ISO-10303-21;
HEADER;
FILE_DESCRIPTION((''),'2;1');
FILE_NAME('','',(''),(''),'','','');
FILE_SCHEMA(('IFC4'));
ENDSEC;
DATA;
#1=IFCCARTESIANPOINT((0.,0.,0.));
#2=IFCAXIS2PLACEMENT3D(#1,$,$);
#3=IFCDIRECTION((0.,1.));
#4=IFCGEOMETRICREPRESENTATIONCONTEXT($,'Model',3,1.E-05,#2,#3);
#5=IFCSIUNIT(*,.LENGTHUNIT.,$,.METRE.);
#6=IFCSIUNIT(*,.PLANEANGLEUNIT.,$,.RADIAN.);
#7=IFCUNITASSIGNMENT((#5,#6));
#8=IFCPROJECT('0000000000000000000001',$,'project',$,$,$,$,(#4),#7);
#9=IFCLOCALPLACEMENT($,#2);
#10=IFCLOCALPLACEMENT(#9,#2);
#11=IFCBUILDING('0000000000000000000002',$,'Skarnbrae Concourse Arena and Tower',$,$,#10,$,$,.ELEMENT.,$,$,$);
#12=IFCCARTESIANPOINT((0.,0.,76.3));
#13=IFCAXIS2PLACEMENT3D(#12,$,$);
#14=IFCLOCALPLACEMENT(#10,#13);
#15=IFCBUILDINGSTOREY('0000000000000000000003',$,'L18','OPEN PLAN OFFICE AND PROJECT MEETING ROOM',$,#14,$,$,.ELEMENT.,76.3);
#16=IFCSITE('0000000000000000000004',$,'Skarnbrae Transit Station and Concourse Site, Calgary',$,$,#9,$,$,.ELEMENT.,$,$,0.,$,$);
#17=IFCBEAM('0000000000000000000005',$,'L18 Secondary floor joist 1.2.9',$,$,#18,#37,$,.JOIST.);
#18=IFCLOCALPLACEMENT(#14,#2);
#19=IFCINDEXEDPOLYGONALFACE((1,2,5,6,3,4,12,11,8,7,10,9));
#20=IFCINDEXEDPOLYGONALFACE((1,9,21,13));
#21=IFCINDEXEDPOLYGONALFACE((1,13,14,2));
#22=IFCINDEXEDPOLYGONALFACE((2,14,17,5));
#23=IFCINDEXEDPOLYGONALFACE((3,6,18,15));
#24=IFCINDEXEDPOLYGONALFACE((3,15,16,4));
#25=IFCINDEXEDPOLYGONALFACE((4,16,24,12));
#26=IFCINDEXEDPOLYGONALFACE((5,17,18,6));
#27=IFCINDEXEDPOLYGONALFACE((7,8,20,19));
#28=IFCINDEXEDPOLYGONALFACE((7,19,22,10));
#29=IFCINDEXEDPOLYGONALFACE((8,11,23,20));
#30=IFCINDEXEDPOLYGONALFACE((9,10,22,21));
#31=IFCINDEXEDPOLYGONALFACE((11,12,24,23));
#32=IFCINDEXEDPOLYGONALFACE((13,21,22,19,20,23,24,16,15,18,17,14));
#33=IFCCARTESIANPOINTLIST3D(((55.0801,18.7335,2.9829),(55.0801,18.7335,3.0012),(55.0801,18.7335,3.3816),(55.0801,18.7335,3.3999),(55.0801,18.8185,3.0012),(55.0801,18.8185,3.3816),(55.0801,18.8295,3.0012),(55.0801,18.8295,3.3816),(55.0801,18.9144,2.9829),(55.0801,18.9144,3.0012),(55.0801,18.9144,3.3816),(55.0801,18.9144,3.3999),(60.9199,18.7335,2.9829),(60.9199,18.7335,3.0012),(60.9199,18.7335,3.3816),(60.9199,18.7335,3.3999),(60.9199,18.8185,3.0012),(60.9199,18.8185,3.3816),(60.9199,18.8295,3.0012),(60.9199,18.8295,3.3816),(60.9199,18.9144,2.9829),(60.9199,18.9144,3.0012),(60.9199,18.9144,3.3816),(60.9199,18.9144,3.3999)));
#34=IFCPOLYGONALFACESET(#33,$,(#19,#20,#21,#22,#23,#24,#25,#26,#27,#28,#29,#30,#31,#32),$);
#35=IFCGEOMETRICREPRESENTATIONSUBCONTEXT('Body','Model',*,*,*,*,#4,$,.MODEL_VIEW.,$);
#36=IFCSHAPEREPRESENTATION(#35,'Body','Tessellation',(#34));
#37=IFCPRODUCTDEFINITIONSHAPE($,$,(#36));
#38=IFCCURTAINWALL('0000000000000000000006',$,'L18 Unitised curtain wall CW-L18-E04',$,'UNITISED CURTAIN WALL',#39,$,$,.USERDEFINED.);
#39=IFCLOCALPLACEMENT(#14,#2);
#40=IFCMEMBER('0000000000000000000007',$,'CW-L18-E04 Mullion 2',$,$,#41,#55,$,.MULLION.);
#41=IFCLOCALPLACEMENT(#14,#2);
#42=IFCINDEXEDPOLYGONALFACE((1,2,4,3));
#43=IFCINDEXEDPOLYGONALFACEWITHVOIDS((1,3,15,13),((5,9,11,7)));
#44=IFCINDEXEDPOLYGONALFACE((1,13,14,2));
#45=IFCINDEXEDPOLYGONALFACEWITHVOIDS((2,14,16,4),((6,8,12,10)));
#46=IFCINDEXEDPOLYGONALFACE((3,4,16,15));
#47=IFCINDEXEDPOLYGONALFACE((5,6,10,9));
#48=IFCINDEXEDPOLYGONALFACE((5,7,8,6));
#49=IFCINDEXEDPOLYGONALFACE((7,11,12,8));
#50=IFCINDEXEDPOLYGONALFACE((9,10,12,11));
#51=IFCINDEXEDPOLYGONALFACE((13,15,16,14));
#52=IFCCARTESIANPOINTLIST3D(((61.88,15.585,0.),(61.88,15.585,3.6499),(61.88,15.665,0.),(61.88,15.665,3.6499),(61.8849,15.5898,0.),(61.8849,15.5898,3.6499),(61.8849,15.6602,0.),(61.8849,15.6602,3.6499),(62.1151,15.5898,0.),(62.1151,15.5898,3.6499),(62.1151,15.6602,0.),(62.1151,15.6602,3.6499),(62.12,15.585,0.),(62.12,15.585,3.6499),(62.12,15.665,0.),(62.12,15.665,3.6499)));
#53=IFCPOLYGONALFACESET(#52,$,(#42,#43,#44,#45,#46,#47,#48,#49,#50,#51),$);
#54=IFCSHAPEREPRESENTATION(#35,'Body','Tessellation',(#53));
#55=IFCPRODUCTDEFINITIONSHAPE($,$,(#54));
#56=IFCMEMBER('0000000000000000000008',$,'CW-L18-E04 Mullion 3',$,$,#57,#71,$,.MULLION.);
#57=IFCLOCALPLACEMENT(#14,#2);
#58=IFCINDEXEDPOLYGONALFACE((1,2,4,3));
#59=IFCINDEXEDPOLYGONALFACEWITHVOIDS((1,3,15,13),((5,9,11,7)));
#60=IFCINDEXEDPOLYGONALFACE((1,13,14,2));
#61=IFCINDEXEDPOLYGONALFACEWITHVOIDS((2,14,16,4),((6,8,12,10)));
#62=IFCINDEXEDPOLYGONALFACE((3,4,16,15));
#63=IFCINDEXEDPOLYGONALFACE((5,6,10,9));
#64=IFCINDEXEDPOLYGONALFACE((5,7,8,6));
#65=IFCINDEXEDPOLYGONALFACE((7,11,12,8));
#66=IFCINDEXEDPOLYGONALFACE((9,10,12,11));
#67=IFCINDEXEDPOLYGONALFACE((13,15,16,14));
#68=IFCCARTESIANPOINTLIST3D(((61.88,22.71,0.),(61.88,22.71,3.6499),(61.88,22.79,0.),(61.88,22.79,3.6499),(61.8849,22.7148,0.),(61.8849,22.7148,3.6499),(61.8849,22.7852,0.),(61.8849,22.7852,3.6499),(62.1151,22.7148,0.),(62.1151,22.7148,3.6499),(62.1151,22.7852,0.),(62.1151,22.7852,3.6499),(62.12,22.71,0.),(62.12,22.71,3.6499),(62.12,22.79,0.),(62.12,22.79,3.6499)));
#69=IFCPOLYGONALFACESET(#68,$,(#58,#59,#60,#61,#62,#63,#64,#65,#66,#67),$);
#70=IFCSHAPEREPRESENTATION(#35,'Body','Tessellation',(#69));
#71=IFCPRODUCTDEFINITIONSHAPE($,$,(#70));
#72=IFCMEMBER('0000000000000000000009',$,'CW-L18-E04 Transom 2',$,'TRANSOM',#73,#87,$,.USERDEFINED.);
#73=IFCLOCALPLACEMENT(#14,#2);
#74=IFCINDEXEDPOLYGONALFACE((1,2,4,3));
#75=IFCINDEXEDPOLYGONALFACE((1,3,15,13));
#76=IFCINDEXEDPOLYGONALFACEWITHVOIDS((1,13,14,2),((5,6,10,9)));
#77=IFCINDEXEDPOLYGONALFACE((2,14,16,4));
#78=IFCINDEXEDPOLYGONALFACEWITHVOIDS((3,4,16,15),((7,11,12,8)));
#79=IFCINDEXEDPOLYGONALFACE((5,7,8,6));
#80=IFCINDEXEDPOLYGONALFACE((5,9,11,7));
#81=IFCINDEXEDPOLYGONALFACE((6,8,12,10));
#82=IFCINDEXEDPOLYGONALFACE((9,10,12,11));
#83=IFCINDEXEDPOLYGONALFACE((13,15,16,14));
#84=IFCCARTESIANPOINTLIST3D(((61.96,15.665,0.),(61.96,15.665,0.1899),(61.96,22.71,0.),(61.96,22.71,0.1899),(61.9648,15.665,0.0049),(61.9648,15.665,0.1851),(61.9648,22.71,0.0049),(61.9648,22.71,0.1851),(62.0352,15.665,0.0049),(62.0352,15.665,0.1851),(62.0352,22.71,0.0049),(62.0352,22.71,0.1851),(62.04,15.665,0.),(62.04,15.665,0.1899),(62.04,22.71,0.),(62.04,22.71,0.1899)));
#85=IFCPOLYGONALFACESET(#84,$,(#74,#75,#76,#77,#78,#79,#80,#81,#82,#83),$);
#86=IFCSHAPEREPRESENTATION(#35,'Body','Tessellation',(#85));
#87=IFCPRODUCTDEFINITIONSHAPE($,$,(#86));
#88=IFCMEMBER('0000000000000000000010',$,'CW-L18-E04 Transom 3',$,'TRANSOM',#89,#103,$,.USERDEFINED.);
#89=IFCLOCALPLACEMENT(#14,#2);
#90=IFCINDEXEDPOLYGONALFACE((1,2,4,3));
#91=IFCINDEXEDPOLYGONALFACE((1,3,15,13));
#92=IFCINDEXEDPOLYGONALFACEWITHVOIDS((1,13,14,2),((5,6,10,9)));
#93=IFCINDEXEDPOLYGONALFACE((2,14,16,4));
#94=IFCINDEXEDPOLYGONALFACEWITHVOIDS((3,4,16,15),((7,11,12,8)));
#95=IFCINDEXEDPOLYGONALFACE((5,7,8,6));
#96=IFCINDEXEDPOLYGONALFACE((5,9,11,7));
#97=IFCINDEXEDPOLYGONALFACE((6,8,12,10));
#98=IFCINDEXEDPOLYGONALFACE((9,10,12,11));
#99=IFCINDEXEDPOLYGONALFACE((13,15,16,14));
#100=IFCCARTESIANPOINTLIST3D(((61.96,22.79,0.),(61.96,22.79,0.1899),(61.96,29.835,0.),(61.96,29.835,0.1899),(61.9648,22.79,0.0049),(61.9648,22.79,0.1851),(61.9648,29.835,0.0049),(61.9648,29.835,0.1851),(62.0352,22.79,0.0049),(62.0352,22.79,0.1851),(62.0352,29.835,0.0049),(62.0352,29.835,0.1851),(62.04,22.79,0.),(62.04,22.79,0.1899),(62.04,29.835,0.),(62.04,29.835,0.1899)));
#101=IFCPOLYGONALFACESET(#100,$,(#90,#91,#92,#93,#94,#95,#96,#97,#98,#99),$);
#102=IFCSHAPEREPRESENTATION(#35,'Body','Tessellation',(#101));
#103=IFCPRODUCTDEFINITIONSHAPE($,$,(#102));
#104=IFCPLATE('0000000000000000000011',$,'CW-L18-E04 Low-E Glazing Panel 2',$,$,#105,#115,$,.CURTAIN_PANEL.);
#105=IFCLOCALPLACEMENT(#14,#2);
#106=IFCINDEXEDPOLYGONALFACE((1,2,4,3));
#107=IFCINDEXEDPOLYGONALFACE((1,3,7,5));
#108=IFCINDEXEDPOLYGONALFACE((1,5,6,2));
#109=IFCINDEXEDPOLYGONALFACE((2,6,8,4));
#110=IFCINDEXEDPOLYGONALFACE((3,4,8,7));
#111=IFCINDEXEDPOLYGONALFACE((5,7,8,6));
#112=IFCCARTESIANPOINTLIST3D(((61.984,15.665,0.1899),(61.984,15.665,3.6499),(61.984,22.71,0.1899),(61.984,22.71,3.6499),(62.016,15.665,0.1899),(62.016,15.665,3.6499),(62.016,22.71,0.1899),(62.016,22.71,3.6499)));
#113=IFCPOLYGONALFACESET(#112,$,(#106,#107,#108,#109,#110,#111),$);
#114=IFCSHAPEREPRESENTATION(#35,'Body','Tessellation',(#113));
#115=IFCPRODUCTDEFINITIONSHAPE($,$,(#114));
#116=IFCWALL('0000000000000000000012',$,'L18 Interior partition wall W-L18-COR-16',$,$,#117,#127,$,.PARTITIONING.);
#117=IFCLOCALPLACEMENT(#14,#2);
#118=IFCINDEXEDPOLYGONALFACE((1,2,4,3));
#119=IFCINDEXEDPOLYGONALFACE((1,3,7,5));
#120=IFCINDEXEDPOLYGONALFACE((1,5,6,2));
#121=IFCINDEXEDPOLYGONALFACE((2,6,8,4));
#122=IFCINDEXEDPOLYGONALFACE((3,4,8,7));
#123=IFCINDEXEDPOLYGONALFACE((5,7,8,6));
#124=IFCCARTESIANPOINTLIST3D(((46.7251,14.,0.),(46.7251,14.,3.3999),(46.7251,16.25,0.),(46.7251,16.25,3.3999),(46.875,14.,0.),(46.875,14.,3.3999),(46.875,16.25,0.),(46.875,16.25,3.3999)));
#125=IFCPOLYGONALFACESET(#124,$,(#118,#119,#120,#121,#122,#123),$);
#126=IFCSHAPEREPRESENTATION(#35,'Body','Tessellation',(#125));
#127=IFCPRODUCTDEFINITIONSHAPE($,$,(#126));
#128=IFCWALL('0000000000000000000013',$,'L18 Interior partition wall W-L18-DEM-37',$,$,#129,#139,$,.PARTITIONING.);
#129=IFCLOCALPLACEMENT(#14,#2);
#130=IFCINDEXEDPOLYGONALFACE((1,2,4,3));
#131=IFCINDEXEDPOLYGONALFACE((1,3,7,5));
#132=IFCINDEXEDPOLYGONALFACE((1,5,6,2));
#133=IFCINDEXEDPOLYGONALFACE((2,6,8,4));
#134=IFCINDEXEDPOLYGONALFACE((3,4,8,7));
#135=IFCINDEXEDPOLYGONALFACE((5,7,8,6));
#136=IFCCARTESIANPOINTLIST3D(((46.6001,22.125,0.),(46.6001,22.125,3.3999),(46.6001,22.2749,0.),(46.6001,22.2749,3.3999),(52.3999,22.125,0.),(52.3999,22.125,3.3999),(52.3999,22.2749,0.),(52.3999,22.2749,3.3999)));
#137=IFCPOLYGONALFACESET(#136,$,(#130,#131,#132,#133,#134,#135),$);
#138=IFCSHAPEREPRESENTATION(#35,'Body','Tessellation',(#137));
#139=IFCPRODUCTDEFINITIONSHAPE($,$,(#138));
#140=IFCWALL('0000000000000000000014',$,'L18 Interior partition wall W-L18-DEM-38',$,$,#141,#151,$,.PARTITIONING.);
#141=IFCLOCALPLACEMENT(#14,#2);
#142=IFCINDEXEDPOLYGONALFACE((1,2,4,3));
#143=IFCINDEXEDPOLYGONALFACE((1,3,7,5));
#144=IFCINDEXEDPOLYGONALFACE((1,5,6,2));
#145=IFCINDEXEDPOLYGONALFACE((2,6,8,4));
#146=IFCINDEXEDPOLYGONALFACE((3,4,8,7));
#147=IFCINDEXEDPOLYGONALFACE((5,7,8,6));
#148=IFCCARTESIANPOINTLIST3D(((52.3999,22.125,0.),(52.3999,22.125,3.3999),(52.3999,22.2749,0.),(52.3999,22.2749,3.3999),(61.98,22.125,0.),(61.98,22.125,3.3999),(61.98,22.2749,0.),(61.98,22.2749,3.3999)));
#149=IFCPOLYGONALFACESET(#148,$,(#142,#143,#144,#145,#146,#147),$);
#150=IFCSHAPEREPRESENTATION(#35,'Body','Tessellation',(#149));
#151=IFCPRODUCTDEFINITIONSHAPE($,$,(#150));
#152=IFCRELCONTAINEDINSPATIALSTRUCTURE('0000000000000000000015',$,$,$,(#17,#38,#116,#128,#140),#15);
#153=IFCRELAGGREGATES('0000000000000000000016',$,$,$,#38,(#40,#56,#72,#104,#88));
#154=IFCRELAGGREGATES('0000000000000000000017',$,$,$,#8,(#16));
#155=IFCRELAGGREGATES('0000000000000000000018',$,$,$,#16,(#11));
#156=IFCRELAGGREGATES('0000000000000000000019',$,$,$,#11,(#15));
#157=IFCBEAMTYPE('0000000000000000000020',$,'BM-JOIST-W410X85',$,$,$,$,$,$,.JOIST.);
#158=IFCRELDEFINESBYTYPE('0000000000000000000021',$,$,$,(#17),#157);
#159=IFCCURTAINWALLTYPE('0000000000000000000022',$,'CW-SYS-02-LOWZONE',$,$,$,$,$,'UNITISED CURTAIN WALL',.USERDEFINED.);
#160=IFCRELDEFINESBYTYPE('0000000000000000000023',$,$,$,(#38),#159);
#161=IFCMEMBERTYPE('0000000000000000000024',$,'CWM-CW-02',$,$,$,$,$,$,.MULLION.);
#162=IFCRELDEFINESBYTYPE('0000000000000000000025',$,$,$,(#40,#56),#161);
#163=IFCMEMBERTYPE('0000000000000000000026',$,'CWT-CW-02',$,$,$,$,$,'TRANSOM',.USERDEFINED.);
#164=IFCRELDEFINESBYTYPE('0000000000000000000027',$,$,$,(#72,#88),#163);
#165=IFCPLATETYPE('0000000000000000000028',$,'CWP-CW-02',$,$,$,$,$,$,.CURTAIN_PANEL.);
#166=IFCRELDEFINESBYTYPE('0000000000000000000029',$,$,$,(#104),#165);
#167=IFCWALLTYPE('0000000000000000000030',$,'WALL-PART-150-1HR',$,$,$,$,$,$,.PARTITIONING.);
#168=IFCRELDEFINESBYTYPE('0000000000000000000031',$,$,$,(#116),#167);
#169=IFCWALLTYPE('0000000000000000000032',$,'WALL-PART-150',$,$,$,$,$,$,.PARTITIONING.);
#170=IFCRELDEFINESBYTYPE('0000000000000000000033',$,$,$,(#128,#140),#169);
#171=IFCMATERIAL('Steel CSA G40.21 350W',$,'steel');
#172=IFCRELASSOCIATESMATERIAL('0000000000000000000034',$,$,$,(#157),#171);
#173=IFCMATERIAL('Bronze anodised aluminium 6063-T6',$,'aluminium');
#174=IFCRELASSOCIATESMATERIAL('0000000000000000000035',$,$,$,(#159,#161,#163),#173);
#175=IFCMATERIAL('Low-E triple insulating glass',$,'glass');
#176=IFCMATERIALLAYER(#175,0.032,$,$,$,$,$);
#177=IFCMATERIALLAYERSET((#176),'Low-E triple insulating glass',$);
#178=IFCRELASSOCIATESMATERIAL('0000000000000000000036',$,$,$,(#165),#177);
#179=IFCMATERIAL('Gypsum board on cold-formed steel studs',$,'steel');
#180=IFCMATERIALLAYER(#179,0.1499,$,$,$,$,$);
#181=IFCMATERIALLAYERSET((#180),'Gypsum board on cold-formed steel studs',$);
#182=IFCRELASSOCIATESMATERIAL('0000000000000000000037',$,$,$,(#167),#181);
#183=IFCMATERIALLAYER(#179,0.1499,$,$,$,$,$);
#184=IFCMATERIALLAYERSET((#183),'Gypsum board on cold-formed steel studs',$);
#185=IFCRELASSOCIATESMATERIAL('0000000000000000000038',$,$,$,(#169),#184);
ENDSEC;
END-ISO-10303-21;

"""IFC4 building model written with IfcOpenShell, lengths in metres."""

from ifc_helpers import new_model, si_unit, direction, frame, frame_2d, origin, origin_2d, place, context, subcontext, project, spatial, rectangle, hollow_rectangle, i_section, extrude, source, transform, mapped, material, layer, layer_set, material_profile, profile_set, type_object, element, aggregate, save


model = new_model("IFC4")

# Units and contexts
model_context = context("Model", 3, precision=1e-05, world=origin(), true_north=direction((0.0, 1.0)))
body_context = subcontext(model_context, "Body", "Model", "MODEL_VIEW")
ifc_project = project(units=[si_unit("LENGTHUNIT", "METRE"), si_unit("PLANEANGLEUNIT", "RADIAN")], contexts=[model_context])

# Site, building, storey
site_placement = place(None, origin())
site = spatial("IfcSite", under=ifc_project, at=site_placement, Name="Skarnbrae Transit Station and Concourse Site, Calgary", CompositionType="ELEMENT", RefElevation=0.0)
building_placement = place(site_placement, origin())
building = spatial("IfcBuilding", under=site, at=building_placement, Name="Skarnbrae Concourse Arena and Tower", CompositionType="ELEMENT")
storey_placement = place(building_placement, frame((0.0, 0.0, 76.3)))
storey = spatial("IfcBuildingStorey", under=building, at=storey_placement, Name="L18", Description="OPEN PLAN OFFICE AND PROJECT MEETING ROOM", CompositionType="ELEMENT", Elevation=76.3)

# Shared definitions
ifc_material_1 = material(Name="Steel CSA G40.21 350W", Category="steel")

# Beam
ifc_material_profile_1 = material_profile(ifc_material_1, i_section(OverallWidth=0.1809, OverallDepth=0.417, WebThickness=0.011, FlangeThickness=0.0183, at=origin_2d()), Name="W410X85")
ifc_profile_set_1 = profile_set([ifc_material_profile_1], Name="Steel CSA G40.21 350W")
beam_type_1 = type_object("IfcBeamType", Name="BM-JOIST-W410X85", PredefinedType="JOIST", material=ifc_profile_set_1)
shared_shape_1 = source(origin(), body_context, "Body", "SweptSolid", [
    extrude(i_section(OverallWidth=0.1809, OverallDepth=0.417, WebThickness=0.011, FlangeThickness=0.0183, at=origin_2d()), origin(), (0.0, 0.0, 1.0), 5.8398),
])
for number, where, z_axis, x_axis, name in (
    (1, (55.0801, 18.824, 3.1914), (1.0, 0.0, 0.0), (0.0, 1.0, 0.0), "L18 Secondary floor joist 1.2.9"),
):
    element("IfcBeam", number, at=place(storey_placement, frame(where, z_axis=z_axis, x_axis=x_axis)), inside=storey, type_object=beam_type_1, Name=name, PredefinedType="JOIST", context=body_context, shape_type="MappedRepresentation", body=[
        mapped(shared_shape_1, transform((0.0, 0.0, 0.0))),
    ])

# Curtain wall, members, plate
ifc_material_2 = material(Name="Bronze anodised aluminium 6063-T6", Category="aluminium")
curtain_wall_type = type_object("IfcCurtainWallType", Name="CW-SYS-02-LOWZONE", ElementType="UNITISED CURTAIN WALL", PredefinedType="USERDEFINED", material=ifc_material_2)
curtain_wall_placement = place(storey_placement, origin())
curtain_wall = element("IfcCurtainWall", 2, at=curtain_wall_placement, inside=storey, type_object=curtain_wall_type, Name="L18 Unitised curtain wall CW-L18-E04", ObjectType="UNITISED CURTAIN WALL", PredefinedType="USERDEFINED")
ifc_material_profile_2 = material_profile(ifc_material_2, hollow_rectangle(XDim=0.0801, YDim=0.24, WallThickness=0.0049, at=origin_2d()), Name="ALU-MULL-80X240")
ifc_profile_set_2 = profile_set([ifc_material_profile_2], Name="Bronze anodised aluminium 6063-T6")
member_type_1 = type_object("IfcMemberType", Name="CWM-CW-02", PredefinedType="MULLION", material=ifc_profile_set_2)
shared_shape_2 = source(origin(), body_context, "Body", "SweptSolid", [
    extrude(hollow_rectangle(XDim=0.0801, YDim=0.24, WallThickness=0.0049, at=origin_2d()), origin(), (0.0, 0.0, 1.0), 3.6499),
])
member_1_placement = place(storey_placement, frame((62.0, 15.625, 0.0), z_axis=(0.0, 0.0, 1.0), x_axis=(0.0, 1.0, 0.0)))
member_1 = element("IfcMember", 3, at=member_1_placement, type_object=member_type_1, Name="CW-L18-E04 Mullion 2", PredefinedType="MULLION", context=body_context, shape_type="MappedRepresentation", body=[
    mapped(shared_shape_2, transform((0.0, 0.0, 0.0))),
])
member_2_placement = place(storey_placement, frame((62.0, 22.75, 0.0), z_axis=(0.0, 0.0, 1.0), x_axis=(0.0, 1.0, 0.0)))
member_2 = element("IfcMember", 4, at=member_2_placement, type_object=member_type_1, Name="CW-L18-E04 Mullion 3", PredefinedType="MULLION", context=body_context, shape_type="MappedRepresentation", body=[
    mapped(shared_shape_2, transform((0.0, 0.0, 0.0))),
])
ifc_material_profile_3 = material_profile(ifc_material_2, hollow_rectangle(XDim=0.0801, YDim=0.1899, WallThickness=0.0049, at=origin_2d()), Name="ALU-TRAN-80X190")
ifc_profile_set_3 = profile_set([ifc_material_profile_3], Name="Bronze anodised aluminium 6063-T6")
member_type_2 = type_object("IfcMemberType", Name="CWT-CW-02", ElementType="TRANSOM", PredefinedType="USERDEFINED", material=ifc_profile_set_3)
shared_shape_3 = source(origin(), body_context, "Body", "SweptSolid", [
    extrude(hollow_rectangle(XDim=0.0801, YDim=0.1899, WallThickness=0.0049, at=origin_2d()), origin(), (0.0, 0.0, 1.0), 7.0449),
])
member_3_placement = place(storey_placement, frame((62.0, 15.665, 0.095), z_axis=(0.0, 1.0, 0.0), x_axis=(-1.0, 0.0, 0.0)))
member_3 = element("IfcMember", 5, at=member_3_placement, type_object=member_type_2, Name="CW-L18-E04 Transom 2", ObjectType="TRANSOM", PredefinedType="USERDEFINED", context=body_context, shape_type="MappedRepresentation", body=[
    mapped(shared_shape_3, transform((0.0, 0.0, 0.0))),
])
member_4_placement = place(storey_placement, frame((62.0, 22.79, 0.095), z_axis=(0.0, 1.0, 0.0), x_axis=(-1.0, 0.0, 0.0)))
member_4 = element("IfcMember", 6, at=member_4_placement, type_object=member_type_2, Name="CW-L18-E04 Transom 3", ObjectType="TRANSOM", PredefinedType="USERDEFINED", context=body_context, shape_type="MappedRepresentation", body=[
    mapped(shared_shape_3, transform((0.0, 0.0, 0.0))),
])
ifc_material_3 = material(Name="Low-E triple insulating glass", Category="glass")
ifc_layer_1 = layer(ifc_material_3, 0.032)
ifc_layer_set_1 = layer_set([ifc_layer_1], Name="Low-E triple insulating glass")
plate_type = type_object("IfcPlateType", Name="CWP-CW-02", PredefinedType="CURTAIN_PANEL", material=ifc_layer_set_1)
shared_shape_4 = source(origin(), body_context, "Body", "SweptSolid", [
    extrude(rectangle(XDim=7.0449, YDim=0.032, at=origin_2d()), origin(), (0.0, 0.0, 1.0), 3.46),
])
plate_placement = place(storey_placement, frame((62.0, 19.1875, 0.1899), z_axis=(0.0, 0.0, 1.0), x_axis=(0.0, 1.0, 0.0)))
plate = element("IfcPlate", 7, at=plate_placement, type_object=plate_type, Name="CW-L18-E04 Low-E Glazing Panel 2", PredefinedType="CURTAIN_PANEL", context=body_context, shape_type="MappedRepresentation", body=[
    mapped(shared_shape_4, transform((0.0, 0.0, 0.0))),
])
aggregate(curtain_wall, [member_1, member_2, member_3, plate, member_4])

# Walls
ifc_material_4 = material(Name="Gypsum board on cold-formed steel studs", Category="steel")
ifc_layer_2 = layer(ifc_material_4, 0.1499)
ifc_layer_set_2 = layer_set([ifc_layer_2], Name="Gypsum board on cold-formed steel studs")
wall_type_1 = type_object("IfcWallType", Name="WALL-PART-150-1HR", PredefinedType="PARTITIONING", material=ifc_layer_set_2)
shared_shape_5 = source(origin(), body_context, "Body", "SweptSolid", [
    extrude(rectangle(XDim=2.25, YDim=0.1499, at=frame_2d((1.125, 0.0))), origin(), (0.0, 0.0, 1.0), 3.3999),
])
wall_1_placement = place(storey_placement, frame((46.8, 16.25, 0.0), z_axis=(0.0, 0.0, 1.0), x_axis=(0.0, -1.0, 0.0)))
element("IfcWall", 8, at=wall_1_placement, inside=storey, type_object=wall_type_1, Name="L18 Interior partition wall W-L18-COR-16", PredefinedType="PARTITIONING", context=body_context, shape_type="MappedRepresentation", body=[
    mapped(shared_shape_5, transform((0.0, 0.0, 0.0))),
])
ifc_layer_3 = layer(ifc_material_4, 0.1499)
ifc_layer_set_3 = layer_set([ifc_layer_3], Name="Gypsum board on cold-formed steel studs")
wall_type_2 = type_object("IfcWallType", Name="WALL-PART-150", PredefinedType="PARTITIONING", material=ifc_layer_set_3)
shared_shape_6 = source(origin(), body_context, "Body", "SweptSolid", [
    extrude(rectangle(XDim=5.7998, YDim=0.1499, at=frame_2d((2.8999, 0.0))), origin(), (0.0, 0.0, 1.0), 3.3999),
])
wall_2_placement = place(storey_placement, frame((46.6001, 22.2, 0.0), z_axis=(0.0, 0.0, 1.0), x_axis=(1.0, 0.0, 0.0)))
element("IfcWall", 9, at=wall_2_placement, inside=storey, type_object=wall_type_2, Name="L18 Interior partition wall W-L18-DEM-37", PredefinedType="PARTITIONING", context=body_context, shape_type="MappedRepresentation", body=[
    mapped(shared_shape_6, transform((0.0, 0.0, 0.0))),
])
shared_shape_7 = source(origin(), body_context, "Body", "SweptSolid", [
    extrude(rectangle(XDim=9.5801, YDim=0.1499, at=frame_2d((4.79, 0.0))), origin(), (0.0, 0.0, 1.0), 3.3999),
])
wall_3_placement = place(storey_placement, frame((52.3999, 22.2, 0.0), z_axis=(0.0, 0.0, 1.0), x_axis=(1.0, 0.0, 0.0)))
element("IfcWall", 10, at=wall_3_placement, inside=storey, type_object=wall_type_2, Name="L18 Interior partition wall W-L18-DEM-38", PredefinedType="PARTITIONING", context=body_context, shape_type="MappedRepresentation", body=[
    mapped(shared_shape_7, transform((0.0, 0.0, 0.0))),
])

save(model, "model.ifc")
